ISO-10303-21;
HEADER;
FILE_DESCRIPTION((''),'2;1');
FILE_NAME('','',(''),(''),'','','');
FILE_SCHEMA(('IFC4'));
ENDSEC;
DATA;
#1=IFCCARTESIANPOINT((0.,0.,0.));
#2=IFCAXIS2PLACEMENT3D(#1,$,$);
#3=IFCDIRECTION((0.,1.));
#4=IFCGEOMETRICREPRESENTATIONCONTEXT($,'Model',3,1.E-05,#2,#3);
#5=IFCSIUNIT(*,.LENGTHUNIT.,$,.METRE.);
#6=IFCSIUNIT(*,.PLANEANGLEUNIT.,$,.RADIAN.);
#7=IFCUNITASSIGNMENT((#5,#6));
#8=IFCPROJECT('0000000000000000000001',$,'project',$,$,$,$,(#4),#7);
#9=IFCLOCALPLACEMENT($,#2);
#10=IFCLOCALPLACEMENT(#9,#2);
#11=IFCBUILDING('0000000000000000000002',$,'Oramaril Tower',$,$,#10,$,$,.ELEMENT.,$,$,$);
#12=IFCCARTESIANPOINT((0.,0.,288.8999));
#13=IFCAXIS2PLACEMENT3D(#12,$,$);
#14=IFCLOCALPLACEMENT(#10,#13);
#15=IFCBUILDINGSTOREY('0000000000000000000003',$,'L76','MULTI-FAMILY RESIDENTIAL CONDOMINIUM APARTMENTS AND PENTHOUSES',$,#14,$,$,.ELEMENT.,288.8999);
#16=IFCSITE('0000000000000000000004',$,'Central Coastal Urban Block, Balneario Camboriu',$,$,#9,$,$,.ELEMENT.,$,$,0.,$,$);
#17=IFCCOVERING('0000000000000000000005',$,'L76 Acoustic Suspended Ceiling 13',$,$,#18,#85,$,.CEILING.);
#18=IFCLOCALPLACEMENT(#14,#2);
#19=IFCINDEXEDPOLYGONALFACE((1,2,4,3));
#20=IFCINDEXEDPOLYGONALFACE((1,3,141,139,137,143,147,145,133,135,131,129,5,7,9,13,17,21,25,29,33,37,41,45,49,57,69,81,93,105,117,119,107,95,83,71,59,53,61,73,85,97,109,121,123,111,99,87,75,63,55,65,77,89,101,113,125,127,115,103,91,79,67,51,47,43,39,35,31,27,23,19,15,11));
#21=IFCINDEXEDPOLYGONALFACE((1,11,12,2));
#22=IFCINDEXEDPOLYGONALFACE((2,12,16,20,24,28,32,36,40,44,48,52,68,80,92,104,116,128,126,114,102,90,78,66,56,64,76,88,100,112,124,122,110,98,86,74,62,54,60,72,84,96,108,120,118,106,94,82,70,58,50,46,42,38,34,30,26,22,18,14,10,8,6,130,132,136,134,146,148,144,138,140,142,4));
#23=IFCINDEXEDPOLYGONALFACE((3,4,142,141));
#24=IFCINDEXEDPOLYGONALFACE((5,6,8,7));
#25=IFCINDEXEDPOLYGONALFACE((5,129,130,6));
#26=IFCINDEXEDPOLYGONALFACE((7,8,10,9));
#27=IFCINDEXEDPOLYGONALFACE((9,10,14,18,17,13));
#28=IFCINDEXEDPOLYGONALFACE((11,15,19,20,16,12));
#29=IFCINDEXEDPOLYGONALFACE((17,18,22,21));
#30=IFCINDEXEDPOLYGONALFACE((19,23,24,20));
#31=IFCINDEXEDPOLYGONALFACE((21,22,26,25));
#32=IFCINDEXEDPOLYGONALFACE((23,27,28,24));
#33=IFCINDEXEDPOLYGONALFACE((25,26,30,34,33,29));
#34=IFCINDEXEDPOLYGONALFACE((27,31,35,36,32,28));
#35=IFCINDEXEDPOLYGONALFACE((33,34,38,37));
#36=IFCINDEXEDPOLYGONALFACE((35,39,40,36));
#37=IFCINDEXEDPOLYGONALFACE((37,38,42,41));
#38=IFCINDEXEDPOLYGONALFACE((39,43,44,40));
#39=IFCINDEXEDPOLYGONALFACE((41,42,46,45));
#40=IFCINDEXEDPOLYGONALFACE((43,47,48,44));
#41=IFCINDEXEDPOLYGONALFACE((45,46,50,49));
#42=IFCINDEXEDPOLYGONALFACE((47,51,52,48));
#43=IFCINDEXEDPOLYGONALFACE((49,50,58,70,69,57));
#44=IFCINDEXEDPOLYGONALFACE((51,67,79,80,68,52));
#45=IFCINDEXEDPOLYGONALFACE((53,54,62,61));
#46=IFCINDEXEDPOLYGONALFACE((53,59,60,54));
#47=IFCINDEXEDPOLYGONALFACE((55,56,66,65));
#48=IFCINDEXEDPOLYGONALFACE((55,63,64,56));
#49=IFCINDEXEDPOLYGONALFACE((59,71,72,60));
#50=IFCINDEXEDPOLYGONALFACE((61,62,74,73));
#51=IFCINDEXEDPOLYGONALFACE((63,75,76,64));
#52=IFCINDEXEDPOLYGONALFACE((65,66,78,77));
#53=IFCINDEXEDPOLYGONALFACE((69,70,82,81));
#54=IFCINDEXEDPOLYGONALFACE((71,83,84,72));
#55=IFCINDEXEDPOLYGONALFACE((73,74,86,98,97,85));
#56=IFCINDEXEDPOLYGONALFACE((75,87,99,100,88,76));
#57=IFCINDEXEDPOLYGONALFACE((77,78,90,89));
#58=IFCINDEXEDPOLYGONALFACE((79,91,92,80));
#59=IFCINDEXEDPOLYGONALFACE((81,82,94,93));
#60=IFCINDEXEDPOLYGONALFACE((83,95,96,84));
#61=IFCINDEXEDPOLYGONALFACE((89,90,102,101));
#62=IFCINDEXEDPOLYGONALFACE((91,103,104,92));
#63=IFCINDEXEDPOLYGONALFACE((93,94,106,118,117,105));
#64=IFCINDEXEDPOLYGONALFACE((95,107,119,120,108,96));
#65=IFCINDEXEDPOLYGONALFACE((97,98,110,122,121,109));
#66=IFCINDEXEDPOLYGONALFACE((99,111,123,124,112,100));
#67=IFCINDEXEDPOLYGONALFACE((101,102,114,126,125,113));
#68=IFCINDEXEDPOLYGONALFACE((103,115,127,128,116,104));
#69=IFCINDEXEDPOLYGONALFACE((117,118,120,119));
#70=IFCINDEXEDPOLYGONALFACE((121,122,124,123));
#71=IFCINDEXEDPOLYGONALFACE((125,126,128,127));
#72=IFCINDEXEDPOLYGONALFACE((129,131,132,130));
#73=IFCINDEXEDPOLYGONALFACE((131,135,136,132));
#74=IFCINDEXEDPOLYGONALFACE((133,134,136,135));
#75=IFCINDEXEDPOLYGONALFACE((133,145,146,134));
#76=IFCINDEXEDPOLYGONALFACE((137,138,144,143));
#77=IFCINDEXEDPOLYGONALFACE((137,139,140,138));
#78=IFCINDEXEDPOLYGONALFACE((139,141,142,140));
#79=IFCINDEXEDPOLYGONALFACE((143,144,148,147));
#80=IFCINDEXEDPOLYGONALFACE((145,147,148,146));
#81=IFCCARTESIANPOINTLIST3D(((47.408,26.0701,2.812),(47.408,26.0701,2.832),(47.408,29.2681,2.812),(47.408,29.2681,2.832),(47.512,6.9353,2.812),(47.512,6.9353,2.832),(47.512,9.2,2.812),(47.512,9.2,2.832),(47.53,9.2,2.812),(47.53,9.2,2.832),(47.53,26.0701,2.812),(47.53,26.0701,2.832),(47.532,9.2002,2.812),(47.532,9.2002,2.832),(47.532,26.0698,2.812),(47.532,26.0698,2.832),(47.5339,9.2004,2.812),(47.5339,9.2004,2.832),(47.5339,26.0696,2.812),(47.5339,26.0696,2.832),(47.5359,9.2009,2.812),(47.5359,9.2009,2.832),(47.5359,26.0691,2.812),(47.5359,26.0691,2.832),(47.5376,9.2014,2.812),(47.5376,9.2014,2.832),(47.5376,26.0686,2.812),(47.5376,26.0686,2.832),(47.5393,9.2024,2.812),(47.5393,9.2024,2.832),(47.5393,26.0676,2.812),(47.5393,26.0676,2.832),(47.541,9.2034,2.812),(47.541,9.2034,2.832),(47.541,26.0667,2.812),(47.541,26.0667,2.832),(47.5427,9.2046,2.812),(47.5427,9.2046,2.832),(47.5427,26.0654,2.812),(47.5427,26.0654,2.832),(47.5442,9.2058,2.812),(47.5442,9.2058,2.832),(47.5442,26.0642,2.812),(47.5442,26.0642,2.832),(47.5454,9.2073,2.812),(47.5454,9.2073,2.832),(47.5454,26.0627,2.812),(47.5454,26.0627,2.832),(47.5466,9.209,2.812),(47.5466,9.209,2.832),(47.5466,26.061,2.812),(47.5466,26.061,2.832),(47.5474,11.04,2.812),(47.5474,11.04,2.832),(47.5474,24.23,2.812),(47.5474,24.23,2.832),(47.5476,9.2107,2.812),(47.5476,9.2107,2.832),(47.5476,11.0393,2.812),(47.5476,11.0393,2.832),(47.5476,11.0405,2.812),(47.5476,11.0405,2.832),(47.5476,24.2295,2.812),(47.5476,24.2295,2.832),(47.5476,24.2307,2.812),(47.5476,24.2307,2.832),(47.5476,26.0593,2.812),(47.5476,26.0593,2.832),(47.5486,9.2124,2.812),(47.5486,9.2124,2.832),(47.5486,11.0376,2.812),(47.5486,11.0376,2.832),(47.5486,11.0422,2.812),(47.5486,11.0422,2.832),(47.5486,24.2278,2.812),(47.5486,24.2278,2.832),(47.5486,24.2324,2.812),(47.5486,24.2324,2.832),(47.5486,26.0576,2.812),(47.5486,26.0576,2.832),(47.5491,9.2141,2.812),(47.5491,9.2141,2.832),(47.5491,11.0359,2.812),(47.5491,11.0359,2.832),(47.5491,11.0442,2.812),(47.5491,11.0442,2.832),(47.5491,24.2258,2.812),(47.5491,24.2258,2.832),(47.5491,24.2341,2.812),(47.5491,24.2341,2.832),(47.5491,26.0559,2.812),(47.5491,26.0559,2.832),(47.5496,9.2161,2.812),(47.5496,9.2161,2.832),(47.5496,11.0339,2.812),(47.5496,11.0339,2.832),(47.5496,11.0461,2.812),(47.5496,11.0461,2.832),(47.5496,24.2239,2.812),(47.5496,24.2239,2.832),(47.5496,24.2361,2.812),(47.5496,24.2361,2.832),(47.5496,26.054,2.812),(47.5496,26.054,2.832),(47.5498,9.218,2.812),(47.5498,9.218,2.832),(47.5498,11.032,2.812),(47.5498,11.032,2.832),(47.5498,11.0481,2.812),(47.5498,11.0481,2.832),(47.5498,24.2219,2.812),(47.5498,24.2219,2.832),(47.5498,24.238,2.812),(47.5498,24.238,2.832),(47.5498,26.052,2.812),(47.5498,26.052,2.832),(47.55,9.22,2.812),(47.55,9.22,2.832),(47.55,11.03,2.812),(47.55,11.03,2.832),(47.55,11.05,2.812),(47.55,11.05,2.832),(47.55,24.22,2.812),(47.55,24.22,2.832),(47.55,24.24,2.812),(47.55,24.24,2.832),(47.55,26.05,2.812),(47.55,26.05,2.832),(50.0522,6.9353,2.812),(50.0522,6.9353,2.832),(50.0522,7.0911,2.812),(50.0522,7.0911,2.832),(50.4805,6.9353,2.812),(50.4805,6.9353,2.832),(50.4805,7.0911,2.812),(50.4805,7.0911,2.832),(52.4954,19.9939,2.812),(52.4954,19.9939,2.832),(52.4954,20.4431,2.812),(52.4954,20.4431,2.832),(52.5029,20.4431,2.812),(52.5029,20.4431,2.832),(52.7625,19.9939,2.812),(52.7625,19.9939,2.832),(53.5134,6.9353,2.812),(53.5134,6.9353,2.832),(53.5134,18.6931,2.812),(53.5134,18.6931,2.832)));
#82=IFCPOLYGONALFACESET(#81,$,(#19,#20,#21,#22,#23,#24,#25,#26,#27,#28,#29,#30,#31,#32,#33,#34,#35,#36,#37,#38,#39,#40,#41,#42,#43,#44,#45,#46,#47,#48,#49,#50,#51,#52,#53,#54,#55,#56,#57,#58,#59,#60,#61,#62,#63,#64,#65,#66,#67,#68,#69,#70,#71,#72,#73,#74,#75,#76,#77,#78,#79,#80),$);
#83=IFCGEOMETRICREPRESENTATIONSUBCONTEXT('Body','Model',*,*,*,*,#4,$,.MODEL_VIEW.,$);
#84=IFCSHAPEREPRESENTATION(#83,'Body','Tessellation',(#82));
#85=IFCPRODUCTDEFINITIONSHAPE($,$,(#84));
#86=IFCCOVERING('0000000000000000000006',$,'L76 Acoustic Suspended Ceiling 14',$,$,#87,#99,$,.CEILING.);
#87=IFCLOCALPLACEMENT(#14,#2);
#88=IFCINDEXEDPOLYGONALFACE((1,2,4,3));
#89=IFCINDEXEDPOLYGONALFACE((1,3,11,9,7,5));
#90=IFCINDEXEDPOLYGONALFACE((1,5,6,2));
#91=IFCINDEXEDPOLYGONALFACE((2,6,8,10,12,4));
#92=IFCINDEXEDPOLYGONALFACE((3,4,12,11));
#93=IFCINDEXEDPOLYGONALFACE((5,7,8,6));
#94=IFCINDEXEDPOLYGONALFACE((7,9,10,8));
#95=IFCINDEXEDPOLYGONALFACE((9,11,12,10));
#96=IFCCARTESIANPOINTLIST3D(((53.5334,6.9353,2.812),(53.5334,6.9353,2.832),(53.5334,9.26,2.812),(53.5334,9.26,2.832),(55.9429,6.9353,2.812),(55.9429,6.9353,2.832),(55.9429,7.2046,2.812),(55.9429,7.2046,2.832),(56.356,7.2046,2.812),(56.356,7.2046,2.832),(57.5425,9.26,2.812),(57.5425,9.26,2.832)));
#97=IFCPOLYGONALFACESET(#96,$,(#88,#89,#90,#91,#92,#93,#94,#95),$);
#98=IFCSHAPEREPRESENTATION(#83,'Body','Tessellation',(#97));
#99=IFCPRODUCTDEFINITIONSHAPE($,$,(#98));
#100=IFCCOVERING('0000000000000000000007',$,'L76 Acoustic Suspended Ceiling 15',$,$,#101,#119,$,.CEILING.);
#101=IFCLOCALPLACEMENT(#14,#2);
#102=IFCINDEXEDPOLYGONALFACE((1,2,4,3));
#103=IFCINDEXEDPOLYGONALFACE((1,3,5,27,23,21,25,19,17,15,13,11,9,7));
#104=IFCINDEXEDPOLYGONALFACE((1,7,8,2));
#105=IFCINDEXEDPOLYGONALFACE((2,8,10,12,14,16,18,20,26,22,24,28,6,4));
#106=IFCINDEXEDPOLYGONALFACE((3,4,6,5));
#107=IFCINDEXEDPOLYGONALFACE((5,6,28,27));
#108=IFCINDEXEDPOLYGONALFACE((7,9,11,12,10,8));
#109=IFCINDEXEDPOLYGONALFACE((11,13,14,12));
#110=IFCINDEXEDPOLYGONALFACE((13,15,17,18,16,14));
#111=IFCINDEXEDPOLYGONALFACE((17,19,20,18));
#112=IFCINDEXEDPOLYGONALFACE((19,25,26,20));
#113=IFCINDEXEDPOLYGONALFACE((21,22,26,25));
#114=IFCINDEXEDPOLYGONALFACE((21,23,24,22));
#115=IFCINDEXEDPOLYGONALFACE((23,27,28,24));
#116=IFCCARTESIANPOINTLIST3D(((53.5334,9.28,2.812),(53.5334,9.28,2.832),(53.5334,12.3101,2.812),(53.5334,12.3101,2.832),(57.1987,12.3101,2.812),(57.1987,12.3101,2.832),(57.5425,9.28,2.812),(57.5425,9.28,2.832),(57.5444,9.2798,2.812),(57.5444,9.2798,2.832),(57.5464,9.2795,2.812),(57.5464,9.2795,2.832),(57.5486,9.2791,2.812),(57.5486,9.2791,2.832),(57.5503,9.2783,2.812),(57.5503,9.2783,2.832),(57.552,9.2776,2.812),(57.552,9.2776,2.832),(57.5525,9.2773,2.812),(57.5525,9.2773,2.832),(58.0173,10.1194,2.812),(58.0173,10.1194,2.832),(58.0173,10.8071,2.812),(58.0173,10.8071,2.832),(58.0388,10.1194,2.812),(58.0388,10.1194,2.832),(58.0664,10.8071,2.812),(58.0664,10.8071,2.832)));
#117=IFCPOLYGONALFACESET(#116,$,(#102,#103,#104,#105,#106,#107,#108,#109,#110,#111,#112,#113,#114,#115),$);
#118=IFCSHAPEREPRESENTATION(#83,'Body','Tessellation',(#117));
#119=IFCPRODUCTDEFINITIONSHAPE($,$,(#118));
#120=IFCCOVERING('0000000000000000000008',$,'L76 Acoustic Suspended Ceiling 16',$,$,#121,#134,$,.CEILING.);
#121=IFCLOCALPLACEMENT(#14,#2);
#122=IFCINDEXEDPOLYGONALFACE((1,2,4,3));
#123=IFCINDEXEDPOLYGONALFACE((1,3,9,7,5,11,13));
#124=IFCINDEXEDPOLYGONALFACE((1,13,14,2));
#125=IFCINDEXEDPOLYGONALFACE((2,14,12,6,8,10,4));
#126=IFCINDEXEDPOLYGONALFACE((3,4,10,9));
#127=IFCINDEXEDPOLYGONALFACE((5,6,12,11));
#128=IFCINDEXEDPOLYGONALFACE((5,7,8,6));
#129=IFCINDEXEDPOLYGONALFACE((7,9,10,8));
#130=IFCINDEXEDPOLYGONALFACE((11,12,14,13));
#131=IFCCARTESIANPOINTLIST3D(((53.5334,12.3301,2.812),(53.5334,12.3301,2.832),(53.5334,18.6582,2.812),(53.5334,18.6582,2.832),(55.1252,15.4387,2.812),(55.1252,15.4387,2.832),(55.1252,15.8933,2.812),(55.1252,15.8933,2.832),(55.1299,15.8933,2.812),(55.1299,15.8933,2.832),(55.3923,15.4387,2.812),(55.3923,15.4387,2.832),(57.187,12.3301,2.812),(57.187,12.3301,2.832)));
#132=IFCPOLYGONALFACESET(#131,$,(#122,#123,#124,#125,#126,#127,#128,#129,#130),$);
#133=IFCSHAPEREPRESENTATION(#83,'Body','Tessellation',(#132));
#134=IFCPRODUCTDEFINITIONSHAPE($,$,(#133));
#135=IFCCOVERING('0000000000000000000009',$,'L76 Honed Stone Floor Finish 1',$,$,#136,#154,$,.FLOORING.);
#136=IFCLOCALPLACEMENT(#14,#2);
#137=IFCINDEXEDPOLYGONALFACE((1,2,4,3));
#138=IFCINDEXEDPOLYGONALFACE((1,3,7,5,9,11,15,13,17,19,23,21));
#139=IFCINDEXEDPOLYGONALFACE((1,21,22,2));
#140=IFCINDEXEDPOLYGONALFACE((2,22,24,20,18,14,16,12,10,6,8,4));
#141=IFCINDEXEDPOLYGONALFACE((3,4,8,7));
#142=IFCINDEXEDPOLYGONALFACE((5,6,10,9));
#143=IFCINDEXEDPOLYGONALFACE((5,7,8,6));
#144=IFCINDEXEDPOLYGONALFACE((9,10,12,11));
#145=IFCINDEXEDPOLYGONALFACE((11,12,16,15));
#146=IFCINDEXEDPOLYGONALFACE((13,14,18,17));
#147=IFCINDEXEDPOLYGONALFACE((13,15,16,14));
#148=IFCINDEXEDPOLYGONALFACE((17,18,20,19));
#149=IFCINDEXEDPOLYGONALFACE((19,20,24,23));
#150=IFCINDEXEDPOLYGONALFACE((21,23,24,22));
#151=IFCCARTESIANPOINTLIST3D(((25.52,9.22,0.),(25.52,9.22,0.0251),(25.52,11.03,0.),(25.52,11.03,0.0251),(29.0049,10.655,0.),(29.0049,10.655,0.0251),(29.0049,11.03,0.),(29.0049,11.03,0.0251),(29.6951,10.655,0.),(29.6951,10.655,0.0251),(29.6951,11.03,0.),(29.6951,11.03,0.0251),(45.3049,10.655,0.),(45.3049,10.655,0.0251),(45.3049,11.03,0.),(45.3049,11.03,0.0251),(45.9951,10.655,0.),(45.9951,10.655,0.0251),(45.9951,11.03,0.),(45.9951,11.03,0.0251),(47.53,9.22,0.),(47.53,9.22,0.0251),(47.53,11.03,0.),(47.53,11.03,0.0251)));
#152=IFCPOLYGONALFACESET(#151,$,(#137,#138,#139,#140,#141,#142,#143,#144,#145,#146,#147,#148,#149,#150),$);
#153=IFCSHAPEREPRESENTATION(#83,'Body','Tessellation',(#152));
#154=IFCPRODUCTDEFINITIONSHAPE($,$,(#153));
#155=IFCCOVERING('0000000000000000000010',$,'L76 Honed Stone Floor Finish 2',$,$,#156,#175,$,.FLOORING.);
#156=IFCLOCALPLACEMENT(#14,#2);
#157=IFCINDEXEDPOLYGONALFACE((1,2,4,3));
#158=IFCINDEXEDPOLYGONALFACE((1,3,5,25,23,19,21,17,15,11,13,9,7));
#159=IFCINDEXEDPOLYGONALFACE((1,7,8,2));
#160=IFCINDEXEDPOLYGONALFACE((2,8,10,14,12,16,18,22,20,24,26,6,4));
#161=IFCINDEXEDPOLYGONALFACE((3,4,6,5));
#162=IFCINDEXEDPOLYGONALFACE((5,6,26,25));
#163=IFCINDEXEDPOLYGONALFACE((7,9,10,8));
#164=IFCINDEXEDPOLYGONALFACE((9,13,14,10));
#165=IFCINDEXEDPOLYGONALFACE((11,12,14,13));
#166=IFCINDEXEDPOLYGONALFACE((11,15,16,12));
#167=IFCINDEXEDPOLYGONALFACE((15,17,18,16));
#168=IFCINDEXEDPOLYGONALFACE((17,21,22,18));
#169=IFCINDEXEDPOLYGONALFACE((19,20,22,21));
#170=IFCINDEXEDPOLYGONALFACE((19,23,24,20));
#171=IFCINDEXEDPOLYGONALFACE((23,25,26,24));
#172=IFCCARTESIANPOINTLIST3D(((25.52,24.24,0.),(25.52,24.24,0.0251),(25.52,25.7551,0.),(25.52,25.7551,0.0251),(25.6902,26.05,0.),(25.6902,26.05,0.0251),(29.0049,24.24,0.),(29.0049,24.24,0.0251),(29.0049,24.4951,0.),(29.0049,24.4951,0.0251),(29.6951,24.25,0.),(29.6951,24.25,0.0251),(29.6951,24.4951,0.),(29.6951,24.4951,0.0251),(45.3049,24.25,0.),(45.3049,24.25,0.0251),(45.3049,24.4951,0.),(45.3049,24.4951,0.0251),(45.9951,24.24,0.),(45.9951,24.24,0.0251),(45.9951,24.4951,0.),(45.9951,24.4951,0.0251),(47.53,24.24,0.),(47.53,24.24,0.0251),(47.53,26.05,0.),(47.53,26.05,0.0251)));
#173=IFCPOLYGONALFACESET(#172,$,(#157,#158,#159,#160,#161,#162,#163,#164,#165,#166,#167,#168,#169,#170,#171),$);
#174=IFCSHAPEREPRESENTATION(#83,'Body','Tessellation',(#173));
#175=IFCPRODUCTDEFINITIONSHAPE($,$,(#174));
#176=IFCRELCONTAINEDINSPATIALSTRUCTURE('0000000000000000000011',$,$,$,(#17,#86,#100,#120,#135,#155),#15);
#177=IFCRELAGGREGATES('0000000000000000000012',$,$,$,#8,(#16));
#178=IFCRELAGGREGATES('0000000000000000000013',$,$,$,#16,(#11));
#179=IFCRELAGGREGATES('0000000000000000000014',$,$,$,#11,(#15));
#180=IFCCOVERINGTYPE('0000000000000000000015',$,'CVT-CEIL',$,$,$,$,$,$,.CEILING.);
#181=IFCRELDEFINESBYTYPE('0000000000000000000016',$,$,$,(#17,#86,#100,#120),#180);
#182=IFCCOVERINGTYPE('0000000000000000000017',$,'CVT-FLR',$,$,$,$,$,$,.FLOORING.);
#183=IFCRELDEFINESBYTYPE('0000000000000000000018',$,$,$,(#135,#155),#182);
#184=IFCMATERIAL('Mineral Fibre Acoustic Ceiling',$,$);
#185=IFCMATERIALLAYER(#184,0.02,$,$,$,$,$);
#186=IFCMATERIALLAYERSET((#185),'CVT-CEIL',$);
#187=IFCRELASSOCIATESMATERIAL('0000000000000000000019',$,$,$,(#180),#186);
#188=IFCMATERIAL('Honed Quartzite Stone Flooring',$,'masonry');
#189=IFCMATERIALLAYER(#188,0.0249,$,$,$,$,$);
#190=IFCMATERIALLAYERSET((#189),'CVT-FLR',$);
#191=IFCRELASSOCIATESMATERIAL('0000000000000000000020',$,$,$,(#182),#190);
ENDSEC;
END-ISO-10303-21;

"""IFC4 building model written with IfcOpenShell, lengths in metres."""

from ifc_helpers import new_model, si_unit, direction, frame, origin, place, context, subcontext, project, spatial, polyline, outline, extrude, material, layer, layer_set, type_object, element, save


model = new_model("IFC4")

# Units and contexts
model_context = context("Model", 3, precision=1e-05, world=origin(), true_north=direction((0.0, 1.0)))
body_context = subcontext(model_context, "Body", "Model", "MODEL_VIEW")
ifc_project = project(units=[si_unit("LENGTHUNIT", "METRE"), si_unit("PLANEANGLEUNIT", "RADIAN")], contexts=[model_context])

# Site, building, storey
site_placement = place(None, origin())
site = spatial("IfcSite", under=ifc_project, at=site_placement, Name="Central Coastal Urban Block, Balneario Camboriu", CompositionType="ELEMENT", RefElevation=0.0)
building_placement = place(site_placement, origin())
building = spatial("IfcBuilding", under=site, at=building_placement, Name="Oramaril Tower", CompositionType="ELEMENT")
storey_placement = place(building_placement, frame((0.0, 0.0, 288.8999)))
storey = spatial("IfcBuildingStorey", under=building, at=storey_placement, Name="L76", Description="MULTI-FAMILY RESIDENTIAL CONDOMINIUM APARTMENTS AND PENTHOUSES", CompositionType="ELEMENT", Elevation=288.8999)

# Coverings
ifc_material_1 = material(Name="Mineral Fibre Acoustic Ceiling")
ifc_layer_1 = layer(ifc_material_1, 0.02)
ifc_layer_set_1 = layer_set([ifc_layer_1], Name="CVT-CEIL")
covering_type_1 = type_object("IfcCoveringType", Name="CVT-CEIL", PredefinedType="CEILING", material=ifc_layer_set_1)
covering_1_placement = place(storey_placement, frame((0.0, 0.0, 2.812)))
element("IfcCovering", 1, at=covering_1_placement, inside=storey, type_object=covering_type_1, Name="L76 Acoustic Suspended Ceiling 13", PredefinedType="CEILING", context=body_context, shape_type="SweptSolid", body=[
    extrude(outline(polyline([(52.5029, 20.4431), (52.4954, 20.4431), (52.4954, 19.9939), (52.7625, 19.9939), (53.5134, 18.6931), (53.5134, 6.9353), (50.4805, 6.9353), (50.4805, 7.0911), (50.0522, 7.0911), (50.0522, 6.9353), (47.512, 6.9353), (47.512, 9.2), (47.53, 9.2), (47.532, 9.2002), (47.5339, 9.2004), (47.5359, 9.2009), (47.5376, 9.2014), (47.5393, 9.2024), (47.541, 9.2034), (47.5427, 9.2046), (47.5442, 9.2058), (47.5454, 9.2073), (47.5466, 9.209), (47.5476, 9.2107), (47.5486, 9.2124), (47.5491, 9.2141), (47.5496, 9.2161), (47.5498, 9.218), (47.55, 9.22), (47.55, 11.03), (47.5498, 11.032), (47.5496, 11.0339), (47.5491, 11.0359), (47.5486, 11.0376), (47.5476, 11.0393), (47.5474, 11.04), (47.5476, 11.0405), (47.5486, 11.0422), (47.5491, 11.0442), (47.5496, 11.0461), (47.5498, 11.0481), (47.55, 11.05), (47.55, 24.22), (47.5498, 24.2219), (47.5496, 24.2239), (47.5491, 24.2258), (47.5486, 24.2278), (47.5476, 24.2295), (47.5474, 24.23), (47.5476, 24.2307), (47.5486, 24.2324), (47.5491, 24.2341), (47.5496, 24.2361), (47.5498, 24.238), (47.55, 24.24), (47.55, 26.05), (47.5498, 26.052), (47.5496, 26.054), (47.5491, 26.0559), (47.5486, 26.0576), (47.5476, 26.0593), (47.5466, 26.061), (47.5454, 26.0627), (47.5442, 26.0642), (47.5427, 26.0654), (47.541, 26.0667), (47.5393, 26.0676), (47.5376, 26.0686), (47.5359, 26.0691), (47.5339, 26.0696), (47.532, 26.0698), (47.53, 26.0701), (47.408, 26.0701), (47.408, 29.2681), (52.5029, 20.4431)])), origin(), (0.0, 0.0, 1.0), 0.02),
])
covering_2_placement = place(storey_placement, frame((0.0, 0.0, 2.812)))
element("IfcCovering", 2, at=covering_2_placement, inside=storey, type_object=covering_type_1, Name="L76 Acoustic Suspended Ceiling 14", PredefinedType="CEILING", context=body_context, shape_type="SweptSolid", body=[
    extrude(outline(polyline([(56.356, 7.2046), (55.9429, 7.2046), (55.9429, 6.9353), (53.5334, 6.9353), (53.5334, 9.26), (57.5425, 9.26), (56.356, 7.2046)])), origin(), (0.0, 0.0, 1.0), 0.02),
])
covering_3_placement = place(storey_placement, frame((0.0, 0.0, 2.812)))
element("IfcCovering", 3, at=covering_3_placement, inside=storey, type_object=covering_type_1, Name="L76 Acoustic Suspended Ceiling 15", PredefinedType="CEILING", context=body_context, shape_type="SweptSolid", body=[
    extrude(outline(polyline([(58.0664, 10.8071), (58.0173, 10.8071), (58.0173, 10.1194), (58.0388, 10.1194), (57.5525, 9.2773), (57.552, 9.2776), (57.5503, 9.2783), (57.5486, 9.2791), (57.5464, 9.2795), (57.5444, 9.2798), (57.5425, 9.28), (53.5334, 9.28), (53.5334, 12.3101), (57.1987, 12.3101), (58.0664, 10.8071)])), origin(), (0.0, 0.0, 1.0), 0.02),
])
covering_4_placement = place(storey_placement, frame((0.0, 0.0, 2.812)))
element("IfcCovering", 4, at=covering_4_placement, inside=storey, type_object=covering_type_1, Name="L76 Acoustic Suspended Ceiling 16", PredefinedType="CEILING", context=body_context, shape_type="SweptSolid", body=[
    extrude(outline(polyline([(55.1252, 15.8933), (55.1252, 15.4387), (55.3923, 15.4387), (57.187, 12.3301), (53.5334, 12.3301), (53.5334, 18.6582), (55.1299, 15.8933), (55.1252, 15.8933)])), origin(), (0.0, 0.0, 1.0), 0.02),
])
ifc_material_2 = material(Name="Honed Quartzite Stone Flooring", Category="masonry")
ifc_layer_2 = layer(ifc_material_2, 0.0249)
ifc_layer_set_2 = layer_set([ifc_layer_2], Name="CVT-FLR")
covering_type_2 = type_object("IfcCoveringType", Name="CVT-FLR", PredefinedType="FLOORING", material=ifc_layer_set_2)
covering_5_placement = place(storey_placement, origin())
element("IfcCovering", 5, at=covering_5_placement, inside=storey, type_object=covering_type_2, Name="L76 Honed Stone Floor Finish 1", PredefinedType="FLOORING", context=body_context, shape_type="SweptSolid", body=[
    extrude(outline(polyline([(29.0049, 10.655), (29.6951, 10.655), (29.6951, 11.03), (45.3049, 11.03), (45.3049, 10.655), (45.9951, 10.655), (45.9951, 11.03), (47.53, 11.03), (47.53, 9.22), (25.52, 9.22), (25.52, 11.03), (29.0049, 11.03), (29.0049, 10.655)])), origin(), (0.0, 0.0, 1.0), 0.0251),
])
covering_6_placement = place(storey_placement, origin())
element("IfcCovering", 6, at=covering_6_placement, inside=storey, type_object=covering_type_2, Name="L76 Honed Stone Floor Finish 2", PredefinedType="FLOORING", context=body_context, shape_type="SweptSolid", body=[
    extrude(outline(polyline([(45.9951, 24.24), (45.9951, 24.4951), (45.3049, 24.4951), (45.3049, 24.25), (29.6951, 24.25), (29.6951, 24.4951), (29.0049, 24.4951), (29.0049, 24.24), (25.52, 24.24), (25.52, 25.7551), (25.6902, 26.05), (47.53, 26.05), (47.53, 24.24), (45.9951, 24.24)])), origin(), (0.0, 0.0, 1.0), 0.0251),
])

save(model, "model.ifc")
